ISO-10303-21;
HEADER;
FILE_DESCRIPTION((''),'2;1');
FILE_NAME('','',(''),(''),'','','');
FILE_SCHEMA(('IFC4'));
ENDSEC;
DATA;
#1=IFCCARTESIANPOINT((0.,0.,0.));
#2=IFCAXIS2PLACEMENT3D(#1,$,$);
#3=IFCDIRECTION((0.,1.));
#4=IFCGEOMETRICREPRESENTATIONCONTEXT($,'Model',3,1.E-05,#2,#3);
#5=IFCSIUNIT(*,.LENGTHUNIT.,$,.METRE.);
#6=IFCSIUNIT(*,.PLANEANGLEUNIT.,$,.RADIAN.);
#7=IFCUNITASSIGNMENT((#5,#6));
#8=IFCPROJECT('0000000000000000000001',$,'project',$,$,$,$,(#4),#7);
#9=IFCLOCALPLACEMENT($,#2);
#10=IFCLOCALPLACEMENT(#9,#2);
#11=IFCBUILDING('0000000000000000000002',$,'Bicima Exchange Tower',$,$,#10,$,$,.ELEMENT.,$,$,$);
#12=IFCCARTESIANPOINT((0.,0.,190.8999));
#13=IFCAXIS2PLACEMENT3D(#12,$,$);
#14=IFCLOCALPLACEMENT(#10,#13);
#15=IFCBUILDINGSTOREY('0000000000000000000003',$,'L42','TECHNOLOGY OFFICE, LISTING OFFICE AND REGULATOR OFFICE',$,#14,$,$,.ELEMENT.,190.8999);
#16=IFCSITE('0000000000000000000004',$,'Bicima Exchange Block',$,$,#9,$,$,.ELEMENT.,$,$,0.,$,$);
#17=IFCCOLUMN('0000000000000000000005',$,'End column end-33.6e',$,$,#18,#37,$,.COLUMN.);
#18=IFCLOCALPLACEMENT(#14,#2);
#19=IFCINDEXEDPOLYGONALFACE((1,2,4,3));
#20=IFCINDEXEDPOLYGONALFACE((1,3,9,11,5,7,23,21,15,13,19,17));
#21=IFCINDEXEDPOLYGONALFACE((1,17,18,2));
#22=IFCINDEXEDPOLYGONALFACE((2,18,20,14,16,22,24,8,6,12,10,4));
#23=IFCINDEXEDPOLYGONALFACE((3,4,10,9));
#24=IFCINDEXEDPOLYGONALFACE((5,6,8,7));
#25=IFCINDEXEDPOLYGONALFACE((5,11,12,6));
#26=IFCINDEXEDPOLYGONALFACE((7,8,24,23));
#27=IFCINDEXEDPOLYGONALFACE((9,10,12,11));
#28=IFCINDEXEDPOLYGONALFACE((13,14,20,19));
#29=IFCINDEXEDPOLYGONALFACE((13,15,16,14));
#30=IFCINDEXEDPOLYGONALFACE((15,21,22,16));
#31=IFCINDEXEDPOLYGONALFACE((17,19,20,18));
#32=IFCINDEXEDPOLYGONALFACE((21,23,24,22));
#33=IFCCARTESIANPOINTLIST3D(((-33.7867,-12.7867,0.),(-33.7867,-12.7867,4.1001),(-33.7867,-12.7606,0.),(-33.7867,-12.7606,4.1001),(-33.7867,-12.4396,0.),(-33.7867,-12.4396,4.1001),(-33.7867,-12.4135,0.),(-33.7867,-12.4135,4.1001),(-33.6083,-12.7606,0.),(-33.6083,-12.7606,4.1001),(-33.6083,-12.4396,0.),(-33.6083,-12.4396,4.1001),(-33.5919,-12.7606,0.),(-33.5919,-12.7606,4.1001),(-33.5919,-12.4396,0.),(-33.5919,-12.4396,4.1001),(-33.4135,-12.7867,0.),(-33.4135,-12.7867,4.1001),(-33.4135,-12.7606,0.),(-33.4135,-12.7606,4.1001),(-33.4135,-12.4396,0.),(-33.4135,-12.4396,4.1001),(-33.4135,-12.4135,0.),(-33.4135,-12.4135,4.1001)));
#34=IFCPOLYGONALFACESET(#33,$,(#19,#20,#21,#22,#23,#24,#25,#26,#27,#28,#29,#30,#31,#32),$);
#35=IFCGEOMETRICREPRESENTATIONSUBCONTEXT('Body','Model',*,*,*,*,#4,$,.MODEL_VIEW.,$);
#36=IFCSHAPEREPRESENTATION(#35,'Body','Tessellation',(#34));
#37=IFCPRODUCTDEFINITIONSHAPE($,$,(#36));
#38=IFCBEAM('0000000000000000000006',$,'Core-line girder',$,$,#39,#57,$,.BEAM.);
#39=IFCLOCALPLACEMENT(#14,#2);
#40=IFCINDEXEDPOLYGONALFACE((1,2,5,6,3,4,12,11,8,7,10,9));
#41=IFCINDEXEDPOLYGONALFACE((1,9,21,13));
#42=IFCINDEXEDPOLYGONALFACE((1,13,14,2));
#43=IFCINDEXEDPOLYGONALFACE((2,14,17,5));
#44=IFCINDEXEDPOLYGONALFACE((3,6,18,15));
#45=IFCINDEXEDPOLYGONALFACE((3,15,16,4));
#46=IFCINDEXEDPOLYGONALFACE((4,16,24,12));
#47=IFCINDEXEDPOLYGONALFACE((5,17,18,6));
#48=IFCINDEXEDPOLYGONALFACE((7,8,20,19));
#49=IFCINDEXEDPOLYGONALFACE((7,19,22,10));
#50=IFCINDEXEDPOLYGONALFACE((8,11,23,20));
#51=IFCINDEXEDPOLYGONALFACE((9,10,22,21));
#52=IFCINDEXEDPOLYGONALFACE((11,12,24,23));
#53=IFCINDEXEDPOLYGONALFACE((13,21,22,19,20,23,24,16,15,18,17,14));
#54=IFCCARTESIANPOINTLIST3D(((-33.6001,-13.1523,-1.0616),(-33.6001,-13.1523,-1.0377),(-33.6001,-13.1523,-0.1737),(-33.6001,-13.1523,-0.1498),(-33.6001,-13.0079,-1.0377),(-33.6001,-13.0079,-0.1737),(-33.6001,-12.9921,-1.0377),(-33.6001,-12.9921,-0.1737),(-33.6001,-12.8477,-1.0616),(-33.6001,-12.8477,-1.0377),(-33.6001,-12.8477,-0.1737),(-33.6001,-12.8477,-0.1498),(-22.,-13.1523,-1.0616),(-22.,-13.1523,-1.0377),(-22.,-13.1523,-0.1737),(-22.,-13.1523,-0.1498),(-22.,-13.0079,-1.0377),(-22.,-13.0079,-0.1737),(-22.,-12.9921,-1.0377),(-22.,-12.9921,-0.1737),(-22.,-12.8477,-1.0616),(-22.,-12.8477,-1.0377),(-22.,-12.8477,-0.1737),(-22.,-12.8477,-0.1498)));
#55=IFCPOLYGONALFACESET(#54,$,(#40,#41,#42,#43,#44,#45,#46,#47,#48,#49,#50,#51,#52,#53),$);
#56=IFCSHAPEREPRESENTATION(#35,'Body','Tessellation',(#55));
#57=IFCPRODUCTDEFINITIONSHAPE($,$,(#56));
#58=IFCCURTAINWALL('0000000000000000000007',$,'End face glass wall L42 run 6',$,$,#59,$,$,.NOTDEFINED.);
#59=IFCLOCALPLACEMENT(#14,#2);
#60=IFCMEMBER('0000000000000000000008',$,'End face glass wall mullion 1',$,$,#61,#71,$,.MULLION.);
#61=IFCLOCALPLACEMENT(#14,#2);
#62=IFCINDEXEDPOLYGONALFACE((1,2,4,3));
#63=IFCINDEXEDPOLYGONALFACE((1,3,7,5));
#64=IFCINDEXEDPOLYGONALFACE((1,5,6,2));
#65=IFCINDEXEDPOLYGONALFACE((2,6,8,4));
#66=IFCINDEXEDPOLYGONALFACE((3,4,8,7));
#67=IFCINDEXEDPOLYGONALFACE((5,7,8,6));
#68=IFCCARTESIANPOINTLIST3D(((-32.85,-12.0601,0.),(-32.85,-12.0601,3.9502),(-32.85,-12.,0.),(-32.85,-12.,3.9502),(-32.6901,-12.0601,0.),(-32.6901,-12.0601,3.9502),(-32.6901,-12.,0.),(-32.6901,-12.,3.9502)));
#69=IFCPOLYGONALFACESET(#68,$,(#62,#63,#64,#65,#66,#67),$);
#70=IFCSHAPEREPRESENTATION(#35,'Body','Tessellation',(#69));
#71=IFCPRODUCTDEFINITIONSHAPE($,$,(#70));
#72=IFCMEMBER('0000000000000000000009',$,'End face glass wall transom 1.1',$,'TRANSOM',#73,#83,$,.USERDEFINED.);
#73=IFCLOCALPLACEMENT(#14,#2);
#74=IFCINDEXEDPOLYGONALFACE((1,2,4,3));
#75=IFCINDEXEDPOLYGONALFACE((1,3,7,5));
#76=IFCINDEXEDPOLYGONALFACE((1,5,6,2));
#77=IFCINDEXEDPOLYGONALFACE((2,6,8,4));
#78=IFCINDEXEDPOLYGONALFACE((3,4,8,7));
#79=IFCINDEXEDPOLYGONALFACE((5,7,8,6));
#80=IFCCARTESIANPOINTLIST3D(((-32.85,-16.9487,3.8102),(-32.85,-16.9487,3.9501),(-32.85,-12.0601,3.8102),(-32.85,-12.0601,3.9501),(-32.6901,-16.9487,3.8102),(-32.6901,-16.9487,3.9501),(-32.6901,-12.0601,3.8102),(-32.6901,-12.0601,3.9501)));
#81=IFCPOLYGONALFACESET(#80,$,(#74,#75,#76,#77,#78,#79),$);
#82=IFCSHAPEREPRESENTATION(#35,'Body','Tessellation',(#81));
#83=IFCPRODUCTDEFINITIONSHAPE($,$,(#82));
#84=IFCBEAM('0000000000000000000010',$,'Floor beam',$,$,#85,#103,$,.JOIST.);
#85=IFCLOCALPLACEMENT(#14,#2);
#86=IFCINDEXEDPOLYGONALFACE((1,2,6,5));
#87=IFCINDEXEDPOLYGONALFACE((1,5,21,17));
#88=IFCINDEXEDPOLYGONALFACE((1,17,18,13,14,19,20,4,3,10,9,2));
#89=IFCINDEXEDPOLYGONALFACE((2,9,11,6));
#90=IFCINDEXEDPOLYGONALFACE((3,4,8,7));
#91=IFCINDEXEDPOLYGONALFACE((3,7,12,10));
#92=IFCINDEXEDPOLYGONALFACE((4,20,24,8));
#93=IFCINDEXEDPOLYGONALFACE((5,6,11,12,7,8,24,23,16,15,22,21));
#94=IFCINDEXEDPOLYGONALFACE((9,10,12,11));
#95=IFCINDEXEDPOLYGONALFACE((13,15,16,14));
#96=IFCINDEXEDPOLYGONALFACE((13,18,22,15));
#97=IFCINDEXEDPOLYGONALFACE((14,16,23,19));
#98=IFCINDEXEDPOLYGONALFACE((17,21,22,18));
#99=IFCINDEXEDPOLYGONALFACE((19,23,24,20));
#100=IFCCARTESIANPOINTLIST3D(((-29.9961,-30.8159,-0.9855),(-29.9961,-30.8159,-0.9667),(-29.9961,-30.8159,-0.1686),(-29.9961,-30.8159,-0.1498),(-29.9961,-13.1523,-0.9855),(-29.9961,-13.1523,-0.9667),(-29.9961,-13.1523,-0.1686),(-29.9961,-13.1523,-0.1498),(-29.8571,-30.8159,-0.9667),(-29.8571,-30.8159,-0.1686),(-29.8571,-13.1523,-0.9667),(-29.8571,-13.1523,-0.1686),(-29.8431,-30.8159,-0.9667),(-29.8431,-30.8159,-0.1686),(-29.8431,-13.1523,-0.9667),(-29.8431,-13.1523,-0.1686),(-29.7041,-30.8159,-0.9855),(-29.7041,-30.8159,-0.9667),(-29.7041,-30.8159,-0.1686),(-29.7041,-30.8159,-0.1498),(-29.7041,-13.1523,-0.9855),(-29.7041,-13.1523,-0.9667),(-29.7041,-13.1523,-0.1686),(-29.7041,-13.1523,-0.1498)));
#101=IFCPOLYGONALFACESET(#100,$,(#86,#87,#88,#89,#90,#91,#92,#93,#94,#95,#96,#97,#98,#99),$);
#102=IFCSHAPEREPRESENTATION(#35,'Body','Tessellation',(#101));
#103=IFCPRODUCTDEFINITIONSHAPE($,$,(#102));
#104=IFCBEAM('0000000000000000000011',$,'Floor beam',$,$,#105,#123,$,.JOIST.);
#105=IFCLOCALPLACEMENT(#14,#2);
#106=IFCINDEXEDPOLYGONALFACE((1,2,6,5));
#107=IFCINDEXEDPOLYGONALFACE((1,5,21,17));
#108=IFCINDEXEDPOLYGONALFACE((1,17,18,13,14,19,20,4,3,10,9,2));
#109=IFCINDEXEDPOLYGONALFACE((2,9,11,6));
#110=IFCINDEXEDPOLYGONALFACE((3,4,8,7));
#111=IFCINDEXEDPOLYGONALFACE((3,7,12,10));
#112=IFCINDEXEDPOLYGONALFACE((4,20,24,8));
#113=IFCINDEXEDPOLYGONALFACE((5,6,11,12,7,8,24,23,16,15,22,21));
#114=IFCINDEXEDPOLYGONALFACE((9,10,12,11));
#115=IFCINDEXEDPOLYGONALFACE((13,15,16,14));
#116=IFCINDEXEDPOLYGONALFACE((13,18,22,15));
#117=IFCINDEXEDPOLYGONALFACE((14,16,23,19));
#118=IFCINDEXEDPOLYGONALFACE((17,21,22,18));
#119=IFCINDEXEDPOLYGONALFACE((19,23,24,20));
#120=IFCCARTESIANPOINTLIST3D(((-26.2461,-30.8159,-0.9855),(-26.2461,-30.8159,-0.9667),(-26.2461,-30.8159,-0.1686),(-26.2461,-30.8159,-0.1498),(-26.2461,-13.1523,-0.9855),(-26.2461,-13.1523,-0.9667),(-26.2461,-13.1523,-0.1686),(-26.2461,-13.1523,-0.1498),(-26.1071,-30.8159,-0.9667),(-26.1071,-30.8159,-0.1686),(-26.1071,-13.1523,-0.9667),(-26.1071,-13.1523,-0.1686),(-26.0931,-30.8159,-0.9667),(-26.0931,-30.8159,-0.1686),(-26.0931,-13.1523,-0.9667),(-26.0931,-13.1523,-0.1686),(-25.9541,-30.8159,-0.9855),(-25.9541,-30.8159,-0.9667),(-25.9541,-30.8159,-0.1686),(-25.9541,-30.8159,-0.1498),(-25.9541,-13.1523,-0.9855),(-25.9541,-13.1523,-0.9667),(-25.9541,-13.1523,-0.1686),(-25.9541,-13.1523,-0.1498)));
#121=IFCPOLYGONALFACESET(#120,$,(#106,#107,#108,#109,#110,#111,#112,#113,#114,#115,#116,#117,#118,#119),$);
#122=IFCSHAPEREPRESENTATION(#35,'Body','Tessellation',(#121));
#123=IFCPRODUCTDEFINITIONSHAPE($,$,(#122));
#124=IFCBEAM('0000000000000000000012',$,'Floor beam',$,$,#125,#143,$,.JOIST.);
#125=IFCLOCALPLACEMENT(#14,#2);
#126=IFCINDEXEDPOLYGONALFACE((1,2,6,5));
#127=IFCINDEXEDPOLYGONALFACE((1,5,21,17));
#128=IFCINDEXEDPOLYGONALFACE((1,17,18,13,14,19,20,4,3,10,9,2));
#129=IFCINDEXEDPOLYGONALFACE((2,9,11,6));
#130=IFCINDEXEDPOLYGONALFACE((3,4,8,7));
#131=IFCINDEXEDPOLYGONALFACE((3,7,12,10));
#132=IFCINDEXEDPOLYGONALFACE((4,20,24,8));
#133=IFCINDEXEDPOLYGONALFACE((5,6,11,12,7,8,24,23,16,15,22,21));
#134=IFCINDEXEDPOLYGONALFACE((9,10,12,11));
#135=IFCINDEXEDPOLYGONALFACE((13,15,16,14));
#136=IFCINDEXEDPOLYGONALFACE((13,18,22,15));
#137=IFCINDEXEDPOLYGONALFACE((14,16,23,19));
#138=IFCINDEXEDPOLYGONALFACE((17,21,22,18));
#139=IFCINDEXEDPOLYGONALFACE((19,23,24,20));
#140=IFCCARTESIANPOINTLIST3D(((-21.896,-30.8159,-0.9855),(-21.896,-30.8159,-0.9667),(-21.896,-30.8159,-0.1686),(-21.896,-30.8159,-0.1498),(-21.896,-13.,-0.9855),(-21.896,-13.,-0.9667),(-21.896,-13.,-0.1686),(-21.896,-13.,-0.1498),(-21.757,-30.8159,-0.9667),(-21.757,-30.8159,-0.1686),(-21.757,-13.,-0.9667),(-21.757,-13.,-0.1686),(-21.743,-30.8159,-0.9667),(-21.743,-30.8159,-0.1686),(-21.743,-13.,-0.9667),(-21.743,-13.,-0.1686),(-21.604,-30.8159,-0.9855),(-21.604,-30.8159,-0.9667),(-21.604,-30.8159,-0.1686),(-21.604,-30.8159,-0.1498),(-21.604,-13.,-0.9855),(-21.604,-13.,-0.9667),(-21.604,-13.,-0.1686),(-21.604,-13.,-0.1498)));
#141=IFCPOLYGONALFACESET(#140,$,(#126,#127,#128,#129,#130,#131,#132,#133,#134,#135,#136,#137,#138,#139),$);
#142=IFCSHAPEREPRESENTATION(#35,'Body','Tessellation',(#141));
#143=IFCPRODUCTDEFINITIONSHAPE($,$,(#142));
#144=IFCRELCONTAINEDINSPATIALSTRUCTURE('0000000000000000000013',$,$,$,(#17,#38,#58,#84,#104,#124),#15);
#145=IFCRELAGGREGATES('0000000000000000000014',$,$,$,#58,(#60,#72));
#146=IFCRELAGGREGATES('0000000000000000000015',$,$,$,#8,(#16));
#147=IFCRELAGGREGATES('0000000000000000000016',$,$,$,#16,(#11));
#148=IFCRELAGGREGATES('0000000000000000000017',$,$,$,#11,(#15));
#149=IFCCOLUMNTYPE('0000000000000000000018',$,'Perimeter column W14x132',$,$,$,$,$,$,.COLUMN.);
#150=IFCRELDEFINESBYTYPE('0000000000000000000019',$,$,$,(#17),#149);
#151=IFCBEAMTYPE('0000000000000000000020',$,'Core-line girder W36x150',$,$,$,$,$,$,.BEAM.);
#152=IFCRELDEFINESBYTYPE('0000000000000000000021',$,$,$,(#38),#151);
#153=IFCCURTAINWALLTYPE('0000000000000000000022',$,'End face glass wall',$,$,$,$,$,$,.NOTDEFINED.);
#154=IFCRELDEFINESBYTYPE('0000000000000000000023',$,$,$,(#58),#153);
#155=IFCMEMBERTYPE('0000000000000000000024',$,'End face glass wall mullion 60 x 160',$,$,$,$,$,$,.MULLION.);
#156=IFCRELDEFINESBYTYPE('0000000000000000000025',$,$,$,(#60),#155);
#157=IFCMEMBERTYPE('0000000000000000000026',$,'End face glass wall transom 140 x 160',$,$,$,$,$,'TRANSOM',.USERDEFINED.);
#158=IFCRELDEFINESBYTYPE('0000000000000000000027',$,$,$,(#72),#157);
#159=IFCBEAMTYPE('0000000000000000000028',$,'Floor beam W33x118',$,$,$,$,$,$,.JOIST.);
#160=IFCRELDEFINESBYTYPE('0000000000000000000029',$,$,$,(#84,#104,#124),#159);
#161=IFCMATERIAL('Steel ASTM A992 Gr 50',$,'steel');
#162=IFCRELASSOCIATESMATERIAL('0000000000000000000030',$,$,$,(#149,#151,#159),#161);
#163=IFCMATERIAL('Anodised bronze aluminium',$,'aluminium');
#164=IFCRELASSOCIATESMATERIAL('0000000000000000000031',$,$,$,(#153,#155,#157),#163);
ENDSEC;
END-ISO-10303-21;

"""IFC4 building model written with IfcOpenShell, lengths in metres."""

from ifc_helpers import new_model, si_unit, direction, frame, origin, origin_2d, place, context, subcontext, project, spatial, rectangle, i_section, extrude, material, material_profile, profile_set, type_object, element, aggregate, save


model = new_model("IFC4")

# Units and contexts
model_context = context("Model", 3, precision=1e-05, world=origin(), true_north=direction((0.0, 1.0)))
body_context = subcontext(model_context, "Body", "Model", "MODEL_VIEW")
ifc_project = project(units=[si_unit("LENGTHUNIT", "METRE"), si_unit("PLANEANGLEUNIT", "RADIAN")], contexts=[model_context])

# Site, building, storey
site_placement = place(None, origin())
site = spatial("IfcSite", under=ifc_project, at=site_placement, Name="Bicima Exchange Block", CompositionType="ELEMENT", RefElevation=0.0)
building_placement = place(site_placement, origin())
building = spatial("IfcBuilding", under=site, at=building_placement, Name="Bicima Exchange Tower", CompositionType="ELEMENT")
storey_placement = place(building_placement, frame((0.0, 0.0, 190.8999)))
storey = spatial("IfcBuildingStorey", under=building, at=storey_placement, Name="L42", Description="TECHNOLOGY OFFICE, LISTING OFFICE AND REGULATOR OFFICE", CompositionType="ELEMENT", Elevation=190.8999)

# Column
ifc_material_1 = material(Name="Steel ASTM A992 Gr 50", Category="steel")
ifc_material_profile_1 = material_profile(ifc_material_1, i_section(OverallWidth=0.3733, OverallDepth=0.3733, WebThickness=0.0164, FlangeThickness=0.0261, at=origin_2d()))
ifc_profile_set_1 = profile_set([ifc_material_profile_1], Name="Steel ASTM A992 Gr 50")
column_type = type_object("IfcColumnType", Name="Perimeter column W14x132", PredefinedType="COLUMN", material=ifc_profile_set_1)
column_placement = place(storey_placement, frame((-33.6001, -12.6001, 0.0), z_axis=(0.0, 0.0, 1.0), x_axis=(1.0, 0.0, 0.0)))
element("IfcColumn", 1, at=column_placement, inside=storey, type_object=column_type, Name="End column end-33.6e", PredefinedType="COLUMN", context=body_context, shape_type="SweptSolid", body=[
    extrude(i_section(OverallWidth=0.3733, OverallDepth=0.3733, WebThickness=0.0164, FlangeThickness=0.0261, at=origin_2d()), origin(), (0.0, 0.0, 1.0), 4.1001),
])

# Beam
ifc_material_profile_2 = material_profile(ifc_material_1, i_section(OverallWidth=0.3047, OverallDepth=0.9119, WebThickness=0.0159, FlangeThickness=0.0239, at=origin_2d()))
ifc_profile_set_2 = profile_set([ifc_material_profile_2], Name="Steel ASTM A992 Gr 50")
beam_type_1 = type_object("IfcBeamType", Name="Core-line girder W36x150", PredefinedType="BEAM", material=ifc_profile_set_2)
beam_1_placement = place(storey_placement, frame((-22.0, -13.0, -0.6057), z_axis=(-1.0, 0.0, 0.0), x_axis=(0.0, -1.0, 0.0)))
element("IfcBeam", 2, at=beam_1_placement, inside=storey, type_object=beam_type_1, Name="Core-line girder", PredefinedType="BEAM", context=body_context, shape_type="SweptSolid", body=[
    extrude(i_section(OverallWidth=0.3047, OverallDepth=0.9119, WebThickness=0.0159, FlangeThickness=0.0239, at=origin_2d()), origin(), (0.0, 0.0, 1.0), 11.6001),
])

# Curtain wall, members
ifc_material_2 = material(Name="Anodised bronze aluminium", Category="aluminium")
curtain_wall_type = type_object("IfcCurtainWallType", Name="End face glass wall", PredefinedType="NOTDEFINED", material=ifc_material_2)
curtain_wall_placement = place(storey_placement, origin())
curtain_wall = element("IfcCurtainWall", 3, at=curtain_wall_placement, inside=storey, type_object=curtain_wall_type, Name="End face glass wall L42 run 6", PredefinedType="NOTDEFINED")
ifc_material_profile_3 = material_profile(ifc_material_2, rectangle(XDim=0.1599, YDim=0.0601, at=origin_2d()))
ifc_profile_set_3 = profile_set([ifc_material_profile_3], Name="Anodised bronze aluminium")
member_type_1 = type_object("IfcMemberType", Name="End face glass wall mullion 60 x 160", PredefinedType="MULLION", material=ifc_profile_set_3)
member_1_placement = place(storey_placement, frame((-32.77, -12.03, 0.0), z_axis=(0.0, 0.0, 1.0), x_axis=(1.0, 0.0, 0.0)))
member_1 = element("IfcMember", 4, at=member_1_placement, type_object=member_type_1, Name="End face glass wall mullion 1", PredefinedType="MULLION", context=body_context, shape_type="SweptSolid", body=[
    extrude(rectangle(XDim=0.1599, YDim=0.0601, at=origin_2d()), origin(), (0.0, 0.0, 1.0), 3.9502),
])
ifc_material_profile_4 = material_profile(ifc_material_2, rectangle(XDim=0.1599, YDim=0.1399, at=origin_2d()))
ifc_profile_set_4 = profile_set([ifc_material_profile_4], Name="Anodised bronze aluminium")
member_type_2 = type_object("IfcMemberType", Name="End face glass wall transom 140 x 160", ElementType="TRANSOM", PredefinedType="USERDEFINED", material=ifc_profile_set_4)
member_2_placement = place(storey_placement, frame((-32.77, -12.0601, 3.8801), z_axis=(0.0, -1.0, 0.0), x_axis=(1.0, 0.0, 0.0)))
member_2 = element("IfcMember", 5, at=member_2_placement, type_object=member_type_2, Name="End face glass wall transom 1.1", ObjectType="TRANSOM", PredefinedType="USERDEFINED", context=body_context, shape_type="SweptSolid", body=[
    extrude(rectangle(XDim=0.1599, YDim=0.1399, at=origin_2d()), origin(), (0.0, 0.0, 1.0), 4.8887),
])
aggregate(curtain_wall, [member_1, member_2])

# Beams
ifc_material_profile_5 = material_profile(ifc_material_1, i_section(OverallWidth=0.292, OverallDepth=0.8357, WebThickness=0.0139, FlangeThickness=0.0188, at=origin_2d()))
ifc_profile_set_5 = profile_set([ifc_material_profile_5], Name="Steel ASTM A992 Gr 50")
beam_type_2 = type_object("IfcBeamType", Name="Floor beam W33x118", PredefinedType="JOIST", material=ifc_profile_set_5)
for number, where, z_axis, x_axis, name in (
    (6, (-29.8501, -13.1523, -0.5676), (0.0, -1.0, 0.0), (1.0, 0.0, 0.0), "Floor beam"),
    (7, (-26.1001, -13.1523, -0.5676), (0.0, -1.0, 0.0), (1.0, 0.0, 0.0), "Floor beam"),
):
    element("IfcBeam", number, at=place(storey_placement, frame(where, z_axis=z_axis, x_axis=x_axis)), inside=storey, type_object=beam_type_2, Name=name, PredefinedType="JOIST", context=body_context, shape_type="SweptSolid", body=[
        extrude(i_section(OverallWidth=0.292, OverallDepth=0.8357, WebThickness=0.0139, FlangeThickness=0.0188, at=origin_2d()), origin(), (0.0, 0.0, 1.0), 17.6636),
    ])
beam_2_placement = place(storey_placement, frame((-21.75, -13.0, -0.5676), z_axis=(0.0, -1.0, 0.0), x_axis=(1.0, 0.0, 0.0)))
element("IfcBeam", 8, at=beam_2_placement, inside=storey, type_object=beam_type_2, Name="Floor beam", PredefinedType="JOIST", context=body_context, shape_type="SweptSolid", body=[
    extrude(i_section(OverallWidth=0.292, OverallDepth=0.8357, WebThickness=0.0139, FlangeThickness=0.0188, at=origin_2d()), origin(), (0.0, 0.0, 1.0), 17.8159),
])

save(model, "model.ifc")
